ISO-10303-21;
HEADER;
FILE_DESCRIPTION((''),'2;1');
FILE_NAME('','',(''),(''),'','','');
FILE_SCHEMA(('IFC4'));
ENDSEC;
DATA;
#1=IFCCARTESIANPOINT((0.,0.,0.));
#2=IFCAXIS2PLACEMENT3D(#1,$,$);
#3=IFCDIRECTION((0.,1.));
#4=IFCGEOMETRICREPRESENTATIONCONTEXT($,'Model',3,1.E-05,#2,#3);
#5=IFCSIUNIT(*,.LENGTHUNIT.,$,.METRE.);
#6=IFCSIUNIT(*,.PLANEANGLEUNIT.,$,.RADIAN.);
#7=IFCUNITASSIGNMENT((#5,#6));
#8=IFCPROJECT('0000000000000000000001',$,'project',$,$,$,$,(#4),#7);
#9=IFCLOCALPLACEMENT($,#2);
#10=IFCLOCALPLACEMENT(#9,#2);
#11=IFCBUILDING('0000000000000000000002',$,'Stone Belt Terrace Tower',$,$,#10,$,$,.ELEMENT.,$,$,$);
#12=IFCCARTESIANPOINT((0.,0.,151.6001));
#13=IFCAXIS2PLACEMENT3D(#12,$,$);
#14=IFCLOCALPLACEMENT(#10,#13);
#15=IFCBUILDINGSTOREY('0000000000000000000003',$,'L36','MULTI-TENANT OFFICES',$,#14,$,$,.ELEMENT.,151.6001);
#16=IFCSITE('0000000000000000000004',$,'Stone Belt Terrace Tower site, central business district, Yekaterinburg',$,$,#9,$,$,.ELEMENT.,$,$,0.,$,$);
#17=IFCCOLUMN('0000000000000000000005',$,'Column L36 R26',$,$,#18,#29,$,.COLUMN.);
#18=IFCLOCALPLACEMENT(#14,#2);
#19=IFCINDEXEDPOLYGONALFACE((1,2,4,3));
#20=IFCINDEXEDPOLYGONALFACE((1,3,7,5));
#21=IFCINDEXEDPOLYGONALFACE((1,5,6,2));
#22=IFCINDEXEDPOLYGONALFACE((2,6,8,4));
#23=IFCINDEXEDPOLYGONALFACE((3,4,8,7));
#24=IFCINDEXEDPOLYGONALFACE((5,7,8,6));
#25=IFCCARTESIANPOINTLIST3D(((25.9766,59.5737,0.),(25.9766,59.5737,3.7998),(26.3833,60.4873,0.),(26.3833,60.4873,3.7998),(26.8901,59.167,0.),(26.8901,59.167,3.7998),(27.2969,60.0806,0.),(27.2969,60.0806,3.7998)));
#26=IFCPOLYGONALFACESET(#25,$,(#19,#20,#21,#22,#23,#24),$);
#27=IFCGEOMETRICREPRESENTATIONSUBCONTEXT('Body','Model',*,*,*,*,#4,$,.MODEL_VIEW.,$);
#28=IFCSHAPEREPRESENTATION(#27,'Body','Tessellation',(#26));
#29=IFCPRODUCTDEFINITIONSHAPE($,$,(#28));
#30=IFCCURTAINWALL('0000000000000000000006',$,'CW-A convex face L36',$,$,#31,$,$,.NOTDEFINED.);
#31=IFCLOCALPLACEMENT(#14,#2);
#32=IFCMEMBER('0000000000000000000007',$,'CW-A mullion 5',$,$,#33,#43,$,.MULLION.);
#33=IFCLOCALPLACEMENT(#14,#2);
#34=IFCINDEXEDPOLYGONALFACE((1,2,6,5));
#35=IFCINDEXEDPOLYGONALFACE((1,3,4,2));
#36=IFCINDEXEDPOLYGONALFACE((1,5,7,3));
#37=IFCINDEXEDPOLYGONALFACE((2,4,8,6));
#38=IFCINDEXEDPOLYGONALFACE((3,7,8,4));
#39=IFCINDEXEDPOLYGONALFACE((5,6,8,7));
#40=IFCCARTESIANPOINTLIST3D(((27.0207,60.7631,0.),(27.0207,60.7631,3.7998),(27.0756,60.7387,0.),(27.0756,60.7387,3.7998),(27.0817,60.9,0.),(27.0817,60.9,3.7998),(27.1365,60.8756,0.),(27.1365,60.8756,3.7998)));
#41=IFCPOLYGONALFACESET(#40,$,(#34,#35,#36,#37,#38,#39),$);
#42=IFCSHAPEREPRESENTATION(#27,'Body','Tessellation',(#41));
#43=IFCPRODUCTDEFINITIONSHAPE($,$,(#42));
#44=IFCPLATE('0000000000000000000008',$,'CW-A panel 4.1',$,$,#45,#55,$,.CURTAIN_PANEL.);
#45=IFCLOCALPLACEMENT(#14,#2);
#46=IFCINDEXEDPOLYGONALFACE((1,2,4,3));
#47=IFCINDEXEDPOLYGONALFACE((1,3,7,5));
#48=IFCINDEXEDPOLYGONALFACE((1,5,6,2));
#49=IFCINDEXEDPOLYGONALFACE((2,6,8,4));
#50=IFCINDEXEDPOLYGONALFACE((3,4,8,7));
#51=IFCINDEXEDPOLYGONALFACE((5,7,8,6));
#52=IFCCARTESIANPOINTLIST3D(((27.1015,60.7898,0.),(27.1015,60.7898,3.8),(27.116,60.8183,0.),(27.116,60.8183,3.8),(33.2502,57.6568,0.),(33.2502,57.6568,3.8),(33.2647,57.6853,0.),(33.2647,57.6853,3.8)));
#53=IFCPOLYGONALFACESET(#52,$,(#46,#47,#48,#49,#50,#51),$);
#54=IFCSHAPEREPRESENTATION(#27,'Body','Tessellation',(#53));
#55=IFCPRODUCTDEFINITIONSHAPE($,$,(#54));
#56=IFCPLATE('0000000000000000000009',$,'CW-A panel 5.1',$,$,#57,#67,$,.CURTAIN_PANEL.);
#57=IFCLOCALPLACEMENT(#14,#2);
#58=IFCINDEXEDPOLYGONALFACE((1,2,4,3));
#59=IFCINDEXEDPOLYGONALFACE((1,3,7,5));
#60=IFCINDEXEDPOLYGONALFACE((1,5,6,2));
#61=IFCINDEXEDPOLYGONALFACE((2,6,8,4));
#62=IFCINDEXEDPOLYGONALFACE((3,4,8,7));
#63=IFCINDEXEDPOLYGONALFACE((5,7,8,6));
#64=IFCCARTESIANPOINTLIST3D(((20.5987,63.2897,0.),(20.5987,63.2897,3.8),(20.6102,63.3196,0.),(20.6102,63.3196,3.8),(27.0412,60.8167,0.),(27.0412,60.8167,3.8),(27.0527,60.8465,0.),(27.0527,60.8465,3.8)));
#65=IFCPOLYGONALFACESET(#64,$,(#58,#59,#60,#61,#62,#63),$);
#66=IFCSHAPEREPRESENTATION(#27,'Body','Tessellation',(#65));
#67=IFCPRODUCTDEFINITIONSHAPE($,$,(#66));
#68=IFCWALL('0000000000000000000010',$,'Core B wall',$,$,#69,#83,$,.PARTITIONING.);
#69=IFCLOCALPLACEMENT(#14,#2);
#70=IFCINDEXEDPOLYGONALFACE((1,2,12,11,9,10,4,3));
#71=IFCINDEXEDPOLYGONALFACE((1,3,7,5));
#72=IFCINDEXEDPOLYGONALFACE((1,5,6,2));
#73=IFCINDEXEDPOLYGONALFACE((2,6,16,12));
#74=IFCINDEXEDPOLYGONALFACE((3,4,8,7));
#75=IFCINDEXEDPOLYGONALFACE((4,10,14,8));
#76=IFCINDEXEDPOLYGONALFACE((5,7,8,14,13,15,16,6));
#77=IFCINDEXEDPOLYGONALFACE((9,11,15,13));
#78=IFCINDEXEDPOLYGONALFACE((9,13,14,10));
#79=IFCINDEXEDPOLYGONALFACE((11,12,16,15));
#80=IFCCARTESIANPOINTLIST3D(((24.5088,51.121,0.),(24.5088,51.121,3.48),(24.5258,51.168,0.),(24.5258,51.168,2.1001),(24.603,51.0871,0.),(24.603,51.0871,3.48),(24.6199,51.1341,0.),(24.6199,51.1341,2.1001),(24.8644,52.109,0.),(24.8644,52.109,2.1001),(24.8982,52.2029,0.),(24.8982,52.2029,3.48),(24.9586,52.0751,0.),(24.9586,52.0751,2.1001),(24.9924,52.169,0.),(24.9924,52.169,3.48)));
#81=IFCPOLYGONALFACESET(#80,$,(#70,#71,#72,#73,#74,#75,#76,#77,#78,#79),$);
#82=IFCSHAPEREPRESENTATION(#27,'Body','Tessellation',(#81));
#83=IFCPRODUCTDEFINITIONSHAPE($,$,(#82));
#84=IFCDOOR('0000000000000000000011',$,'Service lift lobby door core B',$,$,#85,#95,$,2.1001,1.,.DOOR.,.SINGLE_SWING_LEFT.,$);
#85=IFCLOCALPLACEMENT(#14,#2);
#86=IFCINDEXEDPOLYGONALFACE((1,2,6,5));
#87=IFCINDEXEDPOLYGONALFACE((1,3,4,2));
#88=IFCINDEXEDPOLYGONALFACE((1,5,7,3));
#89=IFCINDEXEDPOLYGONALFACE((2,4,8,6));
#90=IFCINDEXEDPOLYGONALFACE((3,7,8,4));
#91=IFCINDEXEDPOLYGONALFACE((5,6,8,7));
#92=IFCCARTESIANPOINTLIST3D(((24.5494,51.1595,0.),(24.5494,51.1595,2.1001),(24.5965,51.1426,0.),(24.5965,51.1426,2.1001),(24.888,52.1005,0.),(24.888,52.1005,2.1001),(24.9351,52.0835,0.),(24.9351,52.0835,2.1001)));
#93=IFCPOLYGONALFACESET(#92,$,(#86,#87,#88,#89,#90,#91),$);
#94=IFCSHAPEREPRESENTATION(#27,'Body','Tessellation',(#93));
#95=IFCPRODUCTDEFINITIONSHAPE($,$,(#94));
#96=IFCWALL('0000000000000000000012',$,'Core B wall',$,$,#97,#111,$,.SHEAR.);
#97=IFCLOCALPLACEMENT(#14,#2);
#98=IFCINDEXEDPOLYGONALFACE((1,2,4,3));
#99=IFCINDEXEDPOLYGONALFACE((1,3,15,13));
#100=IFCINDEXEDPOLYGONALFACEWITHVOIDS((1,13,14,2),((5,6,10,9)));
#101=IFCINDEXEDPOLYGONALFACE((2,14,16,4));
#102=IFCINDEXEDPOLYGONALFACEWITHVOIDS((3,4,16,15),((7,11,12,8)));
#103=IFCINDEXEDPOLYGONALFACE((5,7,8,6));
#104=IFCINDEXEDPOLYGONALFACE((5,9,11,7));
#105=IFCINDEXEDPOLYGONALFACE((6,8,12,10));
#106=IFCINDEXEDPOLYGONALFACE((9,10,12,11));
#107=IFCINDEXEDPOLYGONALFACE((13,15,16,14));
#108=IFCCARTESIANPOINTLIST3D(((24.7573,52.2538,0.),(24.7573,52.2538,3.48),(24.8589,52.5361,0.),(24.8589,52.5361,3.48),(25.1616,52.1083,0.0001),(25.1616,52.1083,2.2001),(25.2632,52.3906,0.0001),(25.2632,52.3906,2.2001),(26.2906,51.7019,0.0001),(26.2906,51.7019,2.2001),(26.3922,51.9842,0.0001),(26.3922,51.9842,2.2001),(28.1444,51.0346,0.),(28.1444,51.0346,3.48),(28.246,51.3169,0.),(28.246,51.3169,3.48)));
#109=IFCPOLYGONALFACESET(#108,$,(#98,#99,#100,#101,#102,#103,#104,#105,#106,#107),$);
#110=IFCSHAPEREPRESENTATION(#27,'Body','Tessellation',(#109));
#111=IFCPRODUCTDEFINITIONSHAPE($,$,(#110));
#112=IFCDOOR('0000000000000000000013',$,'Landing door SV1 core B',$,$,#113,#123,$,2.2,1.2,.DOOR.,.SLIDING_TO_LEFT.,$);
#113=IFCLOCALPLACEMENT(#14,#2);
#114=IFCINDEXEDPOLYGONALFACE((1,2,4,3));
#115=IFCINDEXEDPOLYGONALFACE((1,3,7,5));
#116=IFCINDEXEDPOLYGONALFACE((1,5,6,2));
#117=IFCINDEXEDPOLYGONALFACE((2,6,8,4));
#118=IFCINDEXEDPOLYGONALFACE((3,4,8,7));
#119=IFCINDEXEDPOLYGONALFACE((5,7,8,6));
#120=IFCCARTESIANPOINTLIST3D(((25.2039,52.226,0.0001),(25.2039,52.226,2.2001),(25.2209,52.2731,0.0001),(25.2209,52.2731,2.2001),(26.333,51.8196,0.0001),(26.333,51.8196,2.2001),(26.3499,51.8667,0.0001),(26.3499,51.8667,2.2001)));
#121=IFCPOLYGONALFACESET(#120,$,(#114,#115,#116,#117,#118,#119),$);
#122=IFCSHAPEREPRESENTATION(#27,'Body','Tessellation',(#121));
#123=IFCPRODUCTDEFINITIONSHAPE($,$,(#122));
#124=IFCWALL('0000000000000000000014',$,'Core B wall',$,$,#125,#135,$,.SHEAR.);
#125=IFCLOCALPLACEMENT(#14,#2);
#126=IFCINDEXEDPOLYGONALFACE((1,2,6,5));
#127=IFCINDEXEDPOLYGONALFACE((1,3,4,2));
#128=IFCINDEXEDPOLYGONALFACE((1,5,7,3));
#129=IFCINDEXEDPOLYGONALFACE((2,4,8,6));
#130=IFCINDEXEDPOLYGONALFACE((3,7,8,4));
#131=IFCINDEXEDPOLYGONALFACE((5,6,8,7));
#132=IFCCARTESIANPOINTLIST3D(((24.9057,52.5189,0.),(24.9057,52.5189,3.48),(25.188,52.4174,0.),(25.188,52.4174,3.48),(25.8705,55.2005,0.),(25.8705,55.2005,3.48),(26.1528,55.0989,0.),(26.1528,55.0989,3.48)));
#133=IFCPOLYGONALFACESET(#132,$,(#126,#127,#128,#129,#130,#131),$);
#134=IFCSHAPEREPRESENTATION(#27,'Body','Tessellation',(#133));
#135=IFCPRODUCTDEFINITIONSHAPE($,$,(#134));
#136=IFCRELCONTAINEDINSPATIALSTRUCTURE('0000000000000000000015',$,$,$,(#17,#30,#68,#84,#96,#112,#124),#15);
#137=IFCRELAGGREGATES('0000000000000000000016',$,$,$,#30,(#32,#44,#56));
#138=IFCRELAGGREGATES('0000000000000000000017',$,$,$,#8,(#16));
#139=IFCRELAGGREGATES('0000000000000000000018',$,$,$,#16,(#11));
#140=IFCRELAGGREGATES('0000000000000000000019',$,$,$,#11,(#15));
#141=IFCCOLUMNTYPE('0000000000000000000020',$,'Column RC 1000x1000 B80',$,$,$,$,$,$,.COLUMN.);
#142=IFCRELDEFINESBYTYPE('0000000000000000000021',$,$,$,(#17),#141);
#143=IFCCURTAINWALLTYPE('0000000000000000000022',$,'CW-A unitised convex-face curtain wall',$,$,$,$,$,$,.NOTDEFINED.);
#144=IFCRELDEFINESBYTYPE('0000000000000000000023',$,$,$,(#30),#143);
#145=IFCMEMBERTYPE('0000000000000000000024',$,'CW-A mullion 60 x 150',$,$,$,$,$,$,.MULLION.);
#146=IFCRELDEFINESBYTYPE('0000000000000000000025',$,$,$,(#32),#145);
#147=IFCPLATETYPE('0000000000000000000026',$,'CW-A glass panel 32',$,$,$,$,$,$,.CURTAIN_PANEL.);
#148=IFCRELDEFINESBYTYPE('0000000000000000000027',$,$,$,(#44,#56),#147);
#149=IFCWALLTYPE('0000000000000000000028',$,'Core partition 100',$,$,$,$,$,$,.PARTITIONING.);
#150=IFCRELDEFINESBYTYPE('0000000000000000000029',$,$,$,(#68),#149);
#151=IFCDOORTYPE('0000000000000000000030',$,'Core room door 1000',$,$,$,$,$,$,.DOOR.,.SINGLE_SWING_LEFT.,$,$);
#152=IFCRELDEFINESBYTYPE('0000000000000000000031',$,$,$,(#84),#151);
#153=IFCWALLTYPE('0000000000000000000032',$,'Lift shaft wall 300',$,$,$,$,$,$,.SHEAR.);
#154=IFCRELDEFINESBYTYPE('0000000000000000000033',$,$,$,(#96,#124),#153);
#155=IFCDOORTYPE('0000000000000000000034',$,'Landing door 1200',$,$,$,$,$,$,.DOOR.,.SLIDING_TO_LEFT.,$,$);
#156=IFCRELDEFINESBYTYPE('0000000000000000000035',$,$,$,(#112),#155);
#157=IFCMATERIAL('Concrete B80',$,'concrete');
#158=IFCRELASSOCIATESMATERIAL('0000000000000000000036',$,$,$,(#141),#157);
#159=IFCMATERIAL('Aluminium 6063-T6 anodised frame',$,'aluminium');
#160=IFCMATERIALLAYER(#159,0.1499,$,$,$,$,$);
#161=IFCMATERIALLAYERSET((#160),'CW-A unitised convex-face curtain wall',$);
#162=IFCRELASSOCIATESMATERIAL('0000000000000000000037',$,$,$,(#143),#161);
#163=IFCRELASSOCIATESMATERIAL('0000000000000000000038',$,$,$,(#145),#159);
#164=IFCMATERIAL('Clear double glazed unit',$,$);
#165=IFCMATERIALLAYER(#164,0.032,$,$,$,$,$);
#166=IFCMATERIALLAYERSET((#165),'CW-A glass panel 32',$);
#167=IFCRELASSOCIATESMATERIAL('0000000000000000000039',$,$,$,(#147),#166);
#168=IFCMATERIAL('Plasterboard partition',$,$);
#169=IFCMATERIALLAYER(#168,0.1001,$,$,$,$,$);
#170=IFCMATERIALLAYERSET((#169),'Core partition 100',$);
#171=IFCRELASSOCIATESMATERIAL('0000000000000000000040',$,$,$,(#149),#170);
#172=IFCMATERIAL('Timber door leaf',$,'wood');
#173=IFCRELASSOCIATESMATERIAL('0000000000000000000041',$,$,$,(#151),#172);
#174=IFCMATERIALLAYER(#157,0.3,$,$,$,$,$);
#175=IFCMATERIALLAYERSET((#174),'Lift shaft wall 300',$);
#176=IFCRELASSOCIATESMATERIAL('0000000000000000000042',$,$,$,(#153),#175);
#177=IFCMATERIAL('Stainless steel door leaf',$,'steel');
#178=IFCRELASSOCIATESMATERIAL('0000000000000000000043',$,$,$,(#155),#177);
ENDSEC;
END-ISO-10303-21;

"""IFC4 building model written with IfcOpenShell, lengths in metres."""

from ifc_helpers import new_model, si_unit, direction, frame, frame_2d, origin, origin_2d, place, context, subcontext, project, spatial, rectangle, extrude, material, layer, layer_set, material_profile, profile_set, type_object, element, fill, aggregate, save


model = new_model("IFC4")

# Units and contexts
model_context = context("Model", 3, precision=1e-05, world=origin(), true_north=direction((0.0, 1.0)))
body_context = subcontext(model_context, "Body", "Model", "MODEL_VIEW")
ifc_project = project(units=[si_unit("LENGTHUNIT", "METRE"), si_unit("PLANEANGLEUNIT", "RADIAN")], contexts=[model_context])

# Site, building, storey
site_placement = place(None, origin())
site = spatial("IfcSite", under=ifc_project, at=site_placement, Name="Stone Belt Terrace Tower site, central business district, Yekaterinburg", CompositionType="ELEMENT", RefElevation=0.0)
building_placement = place(site_placement, origin())
building = spatial("IfcBuilding", under=site, at=building_placement, Name="Stone Belt Terrace Tower", CompositionType="ELEMENT")
storey_placement = place(building_placement, frame((0.0, 0.0, 151.6001)))
storey = spatial("IfcBuildingStorey", under=building, at=storey_placement, Name="L36", Description="MULTI-TENANT OFFICES", CompositionType="ELEMENT", Elevation=151.6001)

# Column
ifc_material_1 = material(Name="Concrete B80", Category="concrete")
ifc_material_profile_1 = material_profile(ifc_material_1, rectangle(XDim=1.0, YDim=1.0, at=origin_2d()), Name="RC 1000x1000")
ifc_profile_set_1 = profile_set([ifc_material_profile_1], Name="Concrete B80")
column_type = type_object("IfcColumnType", Name="Column RC 1000x1000 B80", PredefinedType="COLUMN", material=ifc_profile_set_1)
column_placement = place(storey_placement, frame((26.6367, 59.8271, 0.0), z_axis=(0.0, 0.0, 1.0), x_axis=(0.913545, -0.406737, 0.0)))
element("IfcColumn", 1, at=column_placement, inside=storey, type_object=column_type, Name="Column L36 R26", PredefinedType="COLUMN", context=body_context, shape_type="SweptSolid", body=[
    extrude(rectangle(XDim=1.0, YDim=1.0, at=origin_2d()), origin(), (0.0, 0.0, 1.0), 3.7998),
])

# Curtain wall, member, plates
ifc_material_2 = material(Name="Aluminium 6063-T6 anodised frame", Category="aluminium")
ifc_layer_1 = layer(ifc_material_2, 0.1499)
ifc_layer_set_1 = layer_set([ifc_layer_1], Name="CW-A unitised convex-face curtain wall")
curtain_wall_type = type_object("IfcCurtainWallType", Name="CW-A unitised convex-face curtain wall", PredefinedType="NOTDEFINED", material=ifc_layer_set_1)
curtain_wall_placement = place(storey_placement, origin())
curtain_wall = element("IfcCurtainWall", 2, at=curtain_wall_placement, inside=storey, type_object=curtain_wall_type, Name="CW-A convex face L36", PredefinedType="NOTDEFINED")
ifc_material_profile_2 = material_profile(ifc_material_2, rectangle(XDim=0.1499, YDim=0.0601, at=origin_2d()), Name="Aluminium 6063-T6 60x150")
ifc_profile_set_2 = profile_set([ifc_material_profile_2], Name="Aluminium 6063-T6 anodised frame")
member_type = type_object("IfcMemberType", Name="CW-A mullion 60 x 150", PredefinedType="MULLION", material=ifc_profile_set_2)
member_placement = place(storey_placement, frame((27.0786, 60.8193, 0.0), z_axis=(0.0, 0.0, 1.0), x_axis=(-0.406737, -0.913545, 0.0)))
member = element("IfcMember", 3, at=member_placement, type_object=member_type, Name="CW-A mullion 5", PredefinedType="MULLION", context=body_context, shape_type="SweptSolid", body=[
    extrude(rectangle(XDim=0.1499, YDim=0.0601, at=origin_2d()), origin(), (0.0, 0.0, 1.0), 3.7998),
])
ifc_material_3 = material(Name="Clear double glazed unit")
ifc_layer_2 = layer(ifc_material_3, 0.032)
ifc_layer_set_2 = layer_set([ifc_layer_2], Name="CW-A glass panel 32")
plate_type = type_object("IfcPlateType", Name="CW-A glass panel 32", PredefinedType="CURTAIN_PANEL", material=ifc_layer_set_2)
plate_1_placement = place(storey_placement, frame((30.1831, 59.2375, 0.0), z_axis=(0.0, 0.0, 1.0), x_axis=(-0.891007, 0.45399, 0.0)))
plate_1 = element("IfcPlate", 4, at=plate_1_placement, type_object=plate_type, Name="CW-A panel 4.1", PredefinedType="CURTAIN_PANEL", context=body_context, shape_type="SweptSolid", body=[
    extrude(rectangle(XDim=6.9009, YDim=0.032, at=origin_2d()), origin(), (0.0, 0.0, 1.0), 3.8),
])
plate_2_placement = place(storey_placement, frame((23.8257, 62.0681, 0.0), z_axis=(0.0, 0.0, 1.0), x_axis=(-0.93358, 0.358368, 0.0)))
plate_2 = element("IfcPlate", 5, at=plate_2_placement, type_object=plate_type, Name="CW-A panel 5.1", PredefinedType="CURTAIN_PANEL", context=body_context, shape_type="SweptSolid", body=[
    extrude(rectangle(XDim=6.9009, YDim=0.032, at=origin_2d()), origin(), (0.0, 0.0, 1.0), 3.8),
])
aggregate(curtain_wall, [member, plate_1, plate_2])

# Walls, openings, doors
ifc_material_4 = material(Name="Plasterboard partition")
ifc_layer_3 = layer(ifc_material_4, 0.1001)
ifc_layer_set_3 = layer_set([ifc_layer_3], Name="Core partition 100")
wall_type_1 = type_object("IfcWallType", Name="Core partition 100", PredefinedType="PARTITIONING", material=ifc_layer_set_3)
wall_1_placement = place(storey_placement, frame((24.5559, 51.104, 0.0), z_axis=(0.0, 0.0, 1.0), x_axis=(0.338622, 0.940923, 0.0)))
wall_1 = element("IfcWall", 6, at=wall_1_placement, inside=storey, type_object=wall_type_1, Name="Core B wall", PredefinedType="PARTITIONING", context=body_context, shape_type="SweptSolid", body=[
    extrude(rectangle(XDim=1.1499, YDim=0.1001, at=frame_2d((0.575, 0.0))), origin(), (0.0, 0.0, 1.0), 3.48),
])
opening_1_placement = place(wall_1_placement, frame((0.05, 0.0, 0.0)))
opening_1 = element("IfcOpeningElement", 7, at=opening_1_placement, cuts=wall_1, PredefinedType="OPENING", context=body_context, shape_type="SweptSolid", body=[
    extrude(rectangle(XDim=1.0, YDim=2.1001, at=frame_2d((0.5, 1.05))), frame((0.0, 0.0601, 0.0), z_axis=(0.0, -1.0, 0.0), x_axis=(1.0, 0.0, 0.0)), (0.0, 0.0, 1.0), 0.1201),
])
ifc_material_5 = material(Name="Timber door leaf", Category="wood")
door_type_1 = type_object("IfcDoorType", Name="Core room door 1000", OperationType="SINGLE_SWING_LEFT", PredefinedType="DOOR", material=ifc_material_5)
door_1_placement = place(opening_1_placement, origin())
door_1 = element("IfcDoor", 8, at=door_1_placement, inside=storey, type_object=door_type_1, Name="Service lift lobby door core B", OperationType="SINGLE_SWING_LEFT", OverallHeight=2.1001, OverallWidth=1.0, PredefinedType="DOOR", context=body_context, shape_type="SweptSolid", body=[
    extrude(rectangle(XDim=1.0, YDim=2.1001, at=frame_2d((0.5, 1.05))), frame((0.0, 0.0249, 0.0), z_axis=(0.0, -1.0, 0.0), x_axis=(1.0, 0.0, 0.0)), (0.0, 0.0, 1.0), 0.05),
])
fill(opening_1, door_1)
ifc_layer_4 = layer(ifc_material_1, 0.3)
ifc_layer_set_4 = layer_set([ifc_layer_4], Name="Lift shaft wall 300")
wall_type_2 = type_object("IfcWallType", Name="Lift shaft wall 300", PredefinedType="SHEAR", material=ifc_layer_set_4)
wall_2_placement = place(storey_placement, frame((28.1951, 51.1758, 0.0), z_axis=(0.0, 0.0, 1.0), x_axis=(-0.940901, 0.338681, 0.0)))
wall_2 = element("IfcWall", 9, at=wall_2_placement, inside=storey, type_object=wall_type_2, Name="Core B wall", PredefinedType="SHEAR", context=body_context, shape_type="SweptSolid", body=[
    extrude(rectangle(XDim=3.5999, YDim=0.3, at=frame_2d((1.7998, 0.0))), origin(), (0.0, 0.0, 1.0), 3.48),
])
opening_2_placement = place(wall_2_placement, frame((1.97, 0.0, 0.0)))
opening_2 = element("IfcOpeningElement", 10, at=opening_2_placement, cuts=wall_2, PredefinedType="OPENING", context=body_context, shape_type="SweptSolid", body=[
    extrude(rectangle(XDim=1.2, YDim=2.2, at=frame_2d((0.6001, 1.1001))), frame((0.0, 0.1599, 0.0), z_axis=(0.0, -1.0, 0.0), x_axis=(1.0, 0.0, 0.0)), (0.0, 0.0, 1.0), 0.3201),
])
ifc_material_6 = material(Name="Stainless steel door leaf", Category="steel")
door_type_2 = type_object("IfcDoorType", Name="Landing door 1200", OperationType="SLIDING_TO_LEFT", PredefinedType="DOOR", material=ifc_material_6)
door_2_placement = place(opening_2_placement, origin())
door_2 = element("IfcDoor", 11, at=door_2_placement, inside=storey, type_object=door_type_2, Name="Landing door SV1 core B", OperationType="SLIDING_TO_LEFT", OverallHeight=2.2, OverallWidth=1.2, PredefinedType="DOOR", context=body_context, shape_type="SweptSolid", body=[
    extrude(rectangle(XDim=1.2, YDim=2.2, at=frame_2d((0.6001, 1.1001))), frame((0.0, 0.0249, 0.0), z_axis=(0.0, -1.0, 0.0), x_axis=(1.0, 0.0, 0.0)), (0.0, 0.0, 1.0), 0.05),
])
fill(opening_2, door_2)

# Wall
wall_3_placement = place(storey_placement, frame((25.0469, 52.4683, 0.0), z_axis=(0.0, 0.0, 1.0), x_axis=(0.33855, 0.940949, 0.0)))
element("IfcWall", 12, at=wall_3_placement, inside=storey, type_object=wall_type_2, Name="Core B wall", PredefinedType="SHEAR", context=body_context, shape_type="SweptSolid", body=[
    extrude(rectangle(XDim=2.8499, YDim=0.3, at=frame_2d((1.4248, 0.0))), origin(), (0.0, 0.0, 1.0), 3.48),
])

save(model, "model.ifc")
